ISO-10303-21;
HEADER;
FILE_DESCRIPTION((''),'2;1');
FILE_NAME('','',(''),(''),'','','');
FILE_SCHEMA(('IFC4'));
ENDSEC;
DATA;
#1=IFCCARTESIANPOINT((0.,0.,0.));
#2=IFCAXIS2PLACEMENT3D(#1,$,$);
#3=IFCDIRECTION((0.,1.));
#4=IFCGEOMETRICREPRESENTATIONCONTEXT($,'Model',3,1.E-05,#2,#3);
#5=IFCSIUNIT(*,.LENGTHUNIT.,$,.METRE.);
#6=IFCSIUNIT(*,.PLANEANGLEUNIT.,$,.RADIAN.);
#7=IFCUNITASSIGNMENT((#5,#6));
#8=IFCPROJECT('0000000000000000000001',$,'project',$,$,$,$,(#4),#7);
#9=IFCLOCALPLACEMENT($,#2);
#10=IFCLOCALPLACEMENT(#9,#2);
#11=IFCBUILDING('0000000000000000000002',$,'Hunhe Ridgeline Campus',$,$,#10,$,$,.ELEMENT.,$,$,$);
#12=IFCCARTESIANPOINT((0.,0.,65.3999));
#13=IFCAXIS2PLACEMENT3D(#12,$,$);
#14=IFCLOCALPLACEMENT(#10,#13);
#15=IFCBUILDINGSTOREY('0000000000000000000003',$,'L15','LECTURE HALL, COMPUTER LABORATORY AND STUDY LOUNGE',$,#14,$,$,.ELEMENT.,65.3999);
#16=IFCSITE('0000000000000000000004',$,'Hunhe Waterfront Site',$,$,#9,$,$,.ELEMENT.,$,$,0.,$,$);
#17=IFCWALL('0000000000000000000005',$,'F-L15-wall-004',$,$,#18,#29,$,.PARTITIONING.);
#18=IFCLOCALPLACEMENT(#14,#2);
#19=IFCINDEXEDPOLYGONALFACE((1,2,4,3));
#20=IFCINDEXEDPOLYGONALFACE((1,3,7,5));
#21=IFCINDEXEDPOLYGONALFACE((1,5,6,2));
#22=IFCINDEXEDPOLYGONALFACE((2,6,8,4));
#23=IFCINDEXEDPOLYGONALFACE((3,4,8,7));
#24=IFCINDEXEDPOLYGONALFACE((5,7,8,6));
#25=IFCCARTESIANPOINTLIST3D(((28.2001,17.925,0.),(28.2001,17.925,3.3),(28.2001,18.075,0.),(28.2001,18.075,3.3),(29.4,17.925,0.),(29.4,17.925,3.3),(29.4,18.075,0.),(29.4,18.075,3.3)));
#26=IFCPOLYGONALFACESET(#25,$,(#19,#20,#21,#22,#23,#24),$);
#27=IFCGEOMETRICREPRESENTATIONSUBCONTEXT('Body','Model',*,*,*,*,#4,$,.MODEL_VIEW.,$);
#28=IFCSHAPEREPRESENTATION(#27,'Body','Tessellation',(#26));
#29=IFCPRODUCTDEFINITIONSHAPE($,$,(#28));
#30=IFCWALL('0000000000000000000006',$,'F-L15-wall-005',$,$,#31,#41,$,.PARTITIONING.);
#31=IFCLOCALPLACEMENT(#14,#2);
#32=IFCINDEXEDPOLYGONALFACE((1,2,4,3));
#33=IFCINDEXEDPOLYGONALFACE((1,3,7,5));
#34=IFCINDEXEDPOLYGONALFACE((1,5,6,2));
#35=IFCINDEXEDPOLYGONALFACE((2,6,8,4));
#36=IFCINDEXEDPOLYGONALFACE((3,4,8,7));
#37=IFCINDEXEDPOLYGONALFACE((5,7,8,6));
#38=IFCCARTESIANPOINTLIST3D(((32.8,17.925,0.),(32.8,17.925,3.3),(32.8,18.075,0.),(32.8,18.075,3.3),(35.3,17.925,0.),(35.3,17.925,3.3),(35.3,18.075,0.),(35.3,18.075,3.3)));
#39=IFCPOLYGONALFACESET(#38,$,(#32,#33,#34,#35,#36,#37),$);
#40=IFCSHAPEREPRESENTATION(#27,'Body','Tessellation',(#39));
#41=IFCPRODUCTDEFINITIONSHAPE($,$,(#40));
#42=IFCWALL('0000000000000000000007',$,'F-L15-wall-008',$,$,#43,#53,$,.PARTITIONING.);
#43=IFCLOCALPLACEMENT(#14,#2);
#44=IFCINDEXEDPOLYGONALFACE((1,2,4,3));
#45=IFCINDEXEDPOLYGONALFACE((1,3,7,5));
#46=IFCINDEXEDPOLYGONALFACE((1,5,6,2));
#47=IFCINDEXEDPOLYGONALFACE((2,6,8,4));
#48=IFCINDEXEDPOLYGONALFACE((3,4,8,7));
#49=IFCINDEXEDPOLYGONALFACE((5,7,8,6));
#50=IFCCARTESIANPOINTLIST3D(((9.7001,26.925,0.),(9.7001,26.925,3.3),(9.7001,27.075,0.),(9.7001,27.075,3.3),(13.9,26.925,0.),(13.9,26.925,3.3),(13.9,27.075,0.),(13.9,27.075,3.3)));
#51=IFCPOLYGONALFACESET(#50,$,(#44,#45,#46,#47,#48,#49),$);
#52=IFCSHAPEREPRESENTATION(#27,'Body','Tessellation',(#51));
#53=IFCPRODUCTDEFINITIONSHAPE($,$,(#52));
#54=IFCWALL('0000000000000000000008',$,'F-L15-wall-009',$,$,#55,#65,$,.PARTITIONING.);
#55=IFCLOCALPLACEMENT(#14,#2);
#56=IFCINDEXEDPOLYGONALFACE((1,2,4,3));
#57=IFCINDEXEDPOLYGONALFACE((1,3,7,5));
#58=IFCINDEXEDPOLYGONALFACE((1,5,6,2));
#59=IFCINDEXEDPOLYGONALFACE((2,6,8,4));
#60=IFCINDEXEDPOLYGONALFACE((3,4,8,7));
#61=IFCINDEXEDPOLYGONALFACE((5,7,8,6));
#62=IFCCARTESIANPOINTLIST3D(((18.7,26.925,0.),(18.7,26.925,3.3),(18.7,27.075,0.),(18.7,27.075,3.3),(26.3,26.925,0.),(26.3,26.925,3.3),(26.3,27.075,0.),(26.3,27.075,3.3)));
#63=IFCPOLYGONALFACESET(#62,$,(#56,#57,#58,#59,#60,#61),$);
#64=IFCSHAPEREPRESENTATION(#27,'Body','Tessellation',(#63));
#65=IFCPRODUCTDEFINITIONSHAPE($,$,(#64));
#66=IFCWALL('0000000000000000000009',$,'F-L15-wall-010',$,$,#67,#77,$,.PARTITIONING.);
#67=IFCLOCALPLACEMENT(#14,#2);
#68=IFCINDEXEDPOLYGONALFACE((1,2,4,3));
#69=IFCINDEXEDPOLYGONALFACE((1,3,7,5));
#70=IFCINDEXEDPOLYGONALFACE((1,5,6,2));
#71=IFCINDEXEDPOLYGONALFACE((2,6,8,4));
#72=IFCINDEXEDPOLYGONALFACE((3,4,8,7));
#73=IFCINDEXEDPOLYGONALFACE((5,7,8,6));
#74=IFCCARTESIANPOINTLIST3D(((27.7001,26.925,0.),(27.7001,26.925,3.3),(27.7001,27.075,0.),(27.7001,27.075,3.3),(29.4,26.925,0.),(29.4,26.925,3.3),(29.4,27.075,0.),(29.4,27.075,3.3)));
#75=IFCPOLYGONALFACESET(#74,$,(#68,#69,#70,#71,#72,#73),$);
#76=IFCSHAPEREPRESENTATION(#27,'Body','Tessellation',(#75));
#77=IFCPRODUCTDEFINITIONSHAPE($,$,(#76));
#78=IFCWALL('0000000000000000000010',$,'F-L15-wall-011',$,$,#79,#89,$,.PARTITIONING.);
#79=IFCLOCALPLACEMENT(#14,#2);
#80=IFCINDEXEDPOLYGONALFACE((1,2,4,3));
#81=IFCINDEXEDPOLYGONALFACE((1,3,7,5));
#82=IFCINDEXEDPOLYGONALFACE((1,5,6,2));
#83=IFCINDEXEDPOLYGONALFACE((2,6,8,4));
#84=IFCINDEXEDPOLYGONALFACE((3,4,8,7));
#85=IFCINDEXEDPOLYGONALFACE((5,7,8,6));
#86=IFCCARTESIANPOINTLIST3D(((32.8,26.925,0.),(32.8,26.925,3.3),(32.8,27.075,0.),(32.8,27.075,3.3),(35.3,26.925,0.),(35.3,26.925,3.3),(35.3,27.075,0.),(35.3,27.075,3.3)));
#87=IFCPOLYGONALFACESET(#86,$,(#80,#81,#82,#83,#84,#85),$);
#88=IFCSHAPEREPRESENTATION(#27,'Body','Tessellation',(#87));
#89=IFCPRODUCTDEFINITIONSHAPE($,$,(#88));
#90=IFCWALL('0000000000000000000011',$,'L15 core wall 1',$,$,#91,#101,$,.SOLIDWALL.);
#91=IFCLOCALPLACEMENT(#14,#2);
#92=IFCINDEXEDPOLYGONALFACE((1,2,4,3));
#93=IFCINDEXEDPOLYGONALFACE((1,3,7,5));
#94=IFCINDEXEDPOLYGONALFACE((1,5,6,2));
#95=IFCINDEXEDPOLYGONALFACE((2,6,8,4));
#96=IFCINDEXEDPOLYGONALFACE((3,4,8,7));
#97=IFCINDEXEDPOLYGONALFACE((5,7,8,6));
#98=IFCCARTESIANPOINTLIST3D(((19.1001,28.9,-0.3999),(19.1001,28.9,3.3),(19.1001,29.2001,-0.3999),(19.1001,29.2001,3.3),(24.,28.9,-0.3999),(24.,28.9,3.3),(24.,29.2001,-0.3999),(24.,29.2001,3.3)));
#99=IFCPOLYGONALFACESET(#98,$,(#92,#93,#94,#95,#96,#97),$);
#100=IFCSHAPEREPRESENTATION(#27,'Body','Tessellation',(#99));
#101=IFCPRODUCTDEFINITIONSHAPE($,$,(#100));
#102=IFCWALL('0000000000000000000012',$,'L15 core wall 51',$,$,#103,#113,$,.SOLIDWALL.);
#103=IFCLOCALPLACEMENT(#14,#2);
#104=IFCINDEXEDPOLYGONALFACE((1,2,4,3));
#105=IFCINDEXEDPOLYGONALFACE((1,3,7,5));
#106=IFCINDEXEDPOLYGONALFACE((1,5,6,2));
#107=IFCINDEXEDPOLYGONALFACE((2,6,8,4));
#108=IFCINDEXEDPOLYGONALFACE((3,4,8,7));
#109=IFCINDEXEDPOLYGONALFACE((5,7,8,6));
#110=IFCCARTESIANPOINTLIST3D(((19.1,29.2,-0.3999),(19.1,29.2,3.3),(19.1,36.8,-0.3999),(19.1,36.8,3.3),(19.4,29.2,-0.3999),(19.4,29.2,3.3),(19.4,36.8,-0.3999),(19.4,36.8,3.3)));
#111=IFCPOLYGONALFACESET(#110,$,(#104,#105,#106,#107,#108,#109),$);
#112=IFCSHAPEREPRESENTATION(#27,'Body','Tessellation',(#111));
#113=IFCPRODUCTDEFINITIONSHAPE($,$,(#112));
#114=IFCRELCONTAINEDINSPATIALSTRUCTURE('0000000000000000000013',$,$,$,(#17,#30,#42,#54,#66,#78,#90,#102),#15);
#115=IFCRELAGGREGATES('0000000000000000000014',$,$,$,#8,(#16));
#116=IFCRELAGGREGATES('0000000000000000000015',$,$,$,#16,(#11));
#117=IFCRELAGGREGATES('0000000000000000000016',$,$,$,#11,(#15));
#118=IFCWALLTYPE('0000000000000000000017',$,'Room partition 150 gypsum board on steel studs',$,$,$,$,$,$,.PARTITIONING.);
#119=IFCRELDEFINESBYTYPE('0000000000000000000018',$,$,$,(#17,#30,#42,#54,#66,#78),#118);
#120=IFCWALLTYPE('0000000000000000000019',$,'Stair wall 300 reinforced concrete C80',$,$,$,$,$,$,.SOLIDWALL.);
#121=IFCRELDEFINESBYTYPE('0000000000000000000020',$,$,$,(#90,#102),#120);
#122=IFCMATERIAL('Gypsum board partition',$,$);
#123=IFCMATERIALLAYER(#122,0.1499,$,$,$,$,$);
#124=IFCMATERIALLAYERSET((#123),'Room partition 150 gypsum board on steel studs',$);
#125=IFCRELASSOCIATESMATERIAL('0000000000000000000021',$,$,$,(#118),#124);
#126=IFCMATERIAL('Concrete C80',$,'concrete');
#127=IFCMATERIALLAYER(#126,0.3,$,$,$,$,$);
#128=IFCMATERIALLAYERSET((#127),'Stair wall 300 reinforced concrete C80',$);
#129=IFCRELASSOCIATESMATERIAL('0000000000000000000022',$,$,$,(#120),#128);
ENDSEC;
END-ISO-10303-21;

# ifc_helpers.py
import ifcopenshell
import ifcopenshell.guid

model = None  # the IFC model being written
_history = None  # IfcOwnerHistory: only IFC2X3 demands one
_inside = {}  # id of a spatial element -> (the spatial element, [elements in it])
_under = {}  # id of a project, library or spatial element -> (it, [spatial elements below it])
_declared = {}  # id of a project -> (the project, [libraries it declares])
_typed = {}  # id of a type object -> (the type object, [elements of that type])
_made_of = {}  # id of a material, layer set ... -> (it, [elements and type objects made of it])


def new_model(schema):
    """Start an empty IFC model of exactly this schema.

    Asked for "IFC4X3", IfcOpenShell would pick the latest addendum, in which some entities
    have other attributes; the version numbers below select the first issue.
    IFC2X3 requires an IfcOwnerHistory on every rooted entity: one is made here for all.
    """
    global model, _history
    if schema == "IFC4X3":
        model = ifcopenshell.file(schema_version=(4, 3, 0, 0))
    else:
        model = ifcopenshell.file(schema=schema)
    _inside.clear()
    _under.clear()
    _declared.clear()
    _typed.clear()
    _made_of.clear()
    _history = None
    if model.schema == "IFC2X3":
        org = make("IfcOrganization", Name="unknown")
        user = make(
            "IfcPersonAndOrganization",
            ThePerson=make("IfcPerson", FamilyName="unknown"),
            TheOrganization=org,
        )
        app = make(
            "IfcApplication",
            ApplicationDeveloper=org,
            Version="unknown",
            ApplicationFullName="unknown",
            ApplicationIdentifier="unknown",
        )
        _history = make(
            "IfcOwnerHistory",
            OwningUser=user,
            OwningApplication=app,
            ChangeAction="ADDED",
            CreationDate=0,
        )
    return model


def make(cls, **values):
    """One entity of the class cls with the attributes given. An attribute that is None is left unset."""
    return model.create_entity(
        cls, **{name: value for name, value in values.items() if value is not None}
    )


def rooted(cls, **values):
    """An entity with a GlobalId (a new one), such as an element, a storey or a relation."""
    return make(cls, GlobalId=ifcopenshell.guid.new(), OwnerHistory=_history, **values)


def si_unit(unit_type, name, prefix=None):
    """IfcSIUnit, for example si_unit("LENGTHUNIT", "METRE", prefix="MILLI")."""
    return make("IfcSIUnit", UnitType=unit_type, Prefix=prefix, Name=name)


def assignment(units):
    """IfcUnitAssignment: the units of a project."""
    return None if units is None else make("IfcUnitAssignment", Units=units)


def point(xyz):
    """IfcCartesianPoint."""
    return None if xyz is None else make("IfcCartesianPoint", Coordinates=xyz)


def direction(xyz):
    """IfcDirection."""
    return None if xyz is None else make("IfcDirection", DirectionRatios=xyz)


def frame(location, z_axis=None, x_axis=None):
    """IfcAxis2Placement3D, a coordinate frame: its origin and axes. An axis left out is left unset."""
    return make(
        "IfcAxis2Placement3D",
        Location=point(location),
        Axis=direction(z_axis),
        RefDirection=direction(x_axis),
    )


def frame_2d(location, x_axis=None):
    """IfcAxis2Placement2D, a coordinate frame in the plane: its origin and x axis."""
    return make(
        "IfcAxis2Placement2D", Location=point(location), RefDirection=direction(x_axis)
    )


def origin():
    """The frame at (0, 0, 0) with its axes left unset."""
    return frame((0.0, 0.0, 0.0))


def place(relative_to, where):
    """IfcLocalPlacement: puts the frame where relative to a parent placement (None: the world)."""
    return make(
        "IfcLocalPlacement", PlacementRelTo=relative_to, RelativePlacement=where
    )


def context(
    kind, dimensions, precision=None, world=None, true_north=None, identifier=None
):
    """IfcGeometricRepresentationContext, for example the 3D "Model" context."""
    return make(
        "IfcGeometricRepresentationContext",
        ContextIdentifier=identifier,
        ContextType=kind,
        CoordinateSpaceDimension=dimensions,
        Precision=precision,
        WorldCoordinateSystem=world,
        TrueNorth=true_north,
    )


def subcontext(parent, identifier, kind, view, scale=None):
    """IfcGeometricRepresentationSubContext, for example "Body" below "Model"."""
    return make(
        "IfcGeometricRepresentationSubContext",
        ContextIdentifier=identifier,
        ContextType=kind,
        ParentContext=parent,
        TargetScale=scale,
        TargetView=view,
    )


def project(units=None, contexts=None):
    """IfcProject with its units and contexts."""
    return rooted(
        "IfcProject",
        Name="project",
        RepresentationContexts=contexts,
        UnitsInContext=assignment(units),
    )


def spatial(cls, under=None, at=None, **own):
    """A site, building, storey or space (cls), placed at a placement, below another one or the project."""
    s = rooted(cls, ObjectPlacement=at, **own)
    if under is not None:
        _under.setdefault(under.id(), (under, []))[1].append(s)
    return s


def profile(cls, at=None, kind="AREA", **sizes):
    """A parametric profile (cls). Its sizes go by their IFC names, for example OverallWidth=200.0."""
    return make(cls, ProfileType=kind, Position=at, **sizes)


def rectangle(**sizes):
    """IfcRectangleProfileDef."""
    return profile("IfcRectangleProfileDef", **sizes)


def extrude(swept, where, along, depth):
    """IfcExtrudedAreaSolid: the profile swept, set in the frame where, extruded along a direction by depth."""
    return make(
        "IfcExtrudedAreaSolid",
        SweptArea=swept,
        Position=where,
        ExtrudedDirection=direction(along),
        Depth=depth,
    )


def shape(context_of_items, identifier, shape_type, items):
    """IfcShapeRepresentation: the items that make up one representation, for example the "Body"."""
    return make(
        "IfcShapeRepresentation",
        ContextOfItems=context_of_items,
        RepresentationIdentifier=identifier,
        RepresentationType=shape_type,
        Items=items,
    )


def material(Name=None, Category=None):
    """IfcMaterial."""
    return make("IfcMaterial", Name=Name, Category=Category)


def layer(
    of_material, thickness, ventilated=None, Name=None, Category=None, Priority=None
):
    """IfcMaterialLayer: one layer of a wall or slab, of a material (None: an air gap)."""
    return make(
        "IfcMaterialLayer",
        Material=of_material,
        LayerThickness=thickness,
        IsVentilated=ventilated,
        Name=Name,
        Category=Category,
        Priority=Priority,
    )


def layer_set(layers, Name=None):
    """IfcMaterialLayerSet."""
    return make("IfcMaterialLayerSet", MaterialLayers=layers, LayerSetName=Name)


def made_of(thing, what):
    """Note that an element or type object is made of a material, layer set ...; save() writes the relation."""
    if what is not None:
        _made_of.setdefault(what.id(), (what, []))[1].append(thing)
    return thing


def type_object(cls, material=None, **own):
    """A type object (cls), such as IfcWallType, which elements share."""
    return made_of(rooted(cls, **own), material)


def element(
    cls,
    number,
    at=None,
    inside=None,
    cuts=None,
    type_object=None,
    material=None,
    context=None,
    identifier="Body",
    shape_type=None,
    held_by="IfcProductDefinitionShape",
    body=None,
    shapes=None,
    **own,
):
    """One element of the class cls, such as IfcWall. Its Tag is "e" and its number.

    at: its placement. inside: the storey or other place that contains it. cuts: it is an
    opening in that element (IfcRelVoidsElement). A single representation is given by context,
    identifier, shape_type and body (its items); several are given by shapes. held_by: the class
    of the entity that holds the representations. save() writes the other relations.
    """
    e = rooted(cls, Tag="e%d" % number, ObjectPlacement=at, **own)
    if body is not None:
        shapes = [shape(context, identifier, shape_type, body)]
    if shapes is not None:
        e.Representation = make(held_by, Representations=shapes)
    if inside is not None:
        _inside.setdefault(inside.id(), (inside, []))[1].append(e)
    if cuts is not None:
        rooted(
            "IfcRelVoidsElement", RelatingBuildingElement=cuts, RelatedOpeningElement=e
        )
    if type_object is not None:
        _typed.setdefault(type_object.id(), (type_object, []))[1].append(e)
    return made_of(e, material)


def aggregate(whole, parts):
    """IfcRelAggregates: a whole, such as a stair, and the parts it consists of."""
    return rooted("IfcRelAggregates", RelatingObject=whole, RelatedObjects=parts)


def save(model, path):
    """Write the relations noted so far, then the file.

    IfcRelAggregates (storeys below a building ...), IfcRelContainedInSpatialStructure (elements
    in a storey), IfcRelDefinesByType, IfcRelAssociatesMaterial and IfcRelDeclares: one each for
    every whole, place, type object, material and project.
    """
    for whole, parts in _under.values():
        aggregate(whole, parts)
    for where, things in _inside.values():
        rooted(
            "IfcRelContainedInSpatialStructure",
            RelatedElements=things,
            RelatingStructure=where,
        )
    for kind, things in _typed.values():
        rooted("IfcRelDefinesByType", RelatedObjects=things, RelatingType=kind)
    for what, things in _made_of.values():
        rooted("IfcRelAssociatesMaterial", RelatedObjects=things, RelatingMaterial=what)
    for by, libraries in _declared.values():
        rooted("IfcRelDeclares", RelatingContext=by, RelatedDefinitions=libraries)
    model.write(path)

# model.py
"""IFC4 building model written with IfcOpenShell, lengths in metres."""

from ifc_helpers import new_model, si_unit, direction, frame, frame_2d, origin, place, context, subcontext, project, spatial, rectangle, extrude, material, layer, layer_set, type_object, element, save


model = new_model("IFC4")

# Units and contexts
model_context = context("Model", 3, precision=1e-05, world=origin(), true_north=direction((0.0, 1.0)))
body_context = subcontext(model_context, "Body", "Model", "MODEL_VIEW")
ifc_project = project(units=[si_unit("LENGTHUNIT", "METRE"), si_unit("PLANEANGLEUNIT", "RADIAN")], contexts=[model_context])

# Site, building, storey
site_placement = place(None, origin())
site = spatial("IfcSite", under=ifc_project, at=site_placement, Name="Hunhe Waterfront Site", CompositionType="ELEMENT", RefElevation=0.0)
building_placement = place(site_placement, origin())
building = spatial("IfcBuilding", under=site, at=building_placement, Name="Hunhe Ridgeline Campus", CompositionType="ELEMENT")
storey_placement = place(building_placement, frame((0.0, 0.0, 65.3999)))
storey = spatial("IfcBuildingStorey", under=building, at=storey_placement, Name="L15", Description="LECTURE HALL, COMPUTER LABORATORY AND STUDY LOUNGE", CompositionType="ELEMENT", Elevation=65.3999)

# Shared definitions
ifc_material_1 = material(Name="Concrete C80", Category="concrete")

# Shared definitions
ifc_material_2 = material(Name="Gypsum board partition")

# Walls
ifc_layer_1 = layer(ifc_material_2, 0.1499)
ifc_layer_set_1 = layer_set([ifc_layer_1], Name="Room partition 150 gypsum board on steel studs")
wall_type_1 = type_object("IfcWallType", Name="Room partition 150 gypsum board on steel studs", PredefinedType="PARTITIONING", material=ifc_layer_set_1)
wall_1_placement = place(storey_placement, frame((28.2, 18.0, 0.0), z_axis=(0.0, 0.0, 1.0), x_axis=(1.0, 0.0, 0.0)))
element("IfcWall", 1, at=wall_1_placement, inside=storey, type_object=wall_type_1, Name="F-L15-wall-004", PredefinedType="PARTITIONING", context=body_context, shape_type="SweptSolid", body=[
    extrude(rectangle(XDim=1.2, YDim=0.1499, at=frame_2d((0.6001, 0.0))), origin(), (0.0, 0.0, 1.0), 3.3),
])
wall_2_placement = place(storey_placement, frame((32.8, 18.0, 0.0), z_axis=(0.0, 0.0, 1.0), x_axis=(1.0, 0.0, 0.0)))
element("IfcWall", 2, at=wall_2_placement, inside=storey, type_object=wall_type_1, Name="F-L15-wall-005", PredefinedType="PARTITIONING", context=body_context, shape_type="SweptSolid", body=[
    extrude(rectangle(XDim=2.5, YDim=0.1499, at=frame_2d((1.25, 0.0))), origin(), (0.0, 0.0, 1.0), 3.3),
])
wall_3_placement = place(storey_placement, frame((9.7, 27.0, 0.0), z_axis=(0.0, 0.0, 1.0), x_axis=(1.0, 0.0, 0.0)))
element("IfcWall", 3, at=wall_3_placement, inside=storey, type_object=wall_type_1, Name="F-L15-wall-008", PredefinedType="PARTITIONING", context=body_context, shape_type="SweptSolid", body=[
    extrude(rectangle(XDim=4.2, YDim=0.1499, at=frame_2d((2.1001, 0.0))), origin(), (0.0, 0.0, 1.0), 3.3),
])
wall_4_placement = place(storey_placement, frame((18.7, 27.0, 0.0), z_axis=(0.0, 0.0, 1.0), x_axis=(1.0, 0.0, 0.0)))
element("IfcWall", 4, at=wall_4_placement, inside=storey, type_object=wall_type_1, Name="F-L15-wall-009", PredefinedType="PARTITIONING", context=body_context, shape_type="SweptSolid", body=[
    extrude(rectangle(XDim=7.6001, YDim=0.1499, at=frame_2d((3.8, 0.0))), origin(), (0.0, 0.0, 1.0), 3.3),
])
wall_5_placement = place(storey_placement, frame((27.7, 27.0, 0.0), z_axis=(0.0, 0.0, 1.0), x_axis=(1.0, 0.0, 0.0)))
element("IfcWall", 5, at=wall_5_placement, inside=storey, type_object=wall_type_1, Name="F-L15-wall-010", PredefinedType="PARTITIONING", context=body_context, shape_type="SweptSolid", body=[
    extrude(rectangle(XDim=1.7, YDim=0.1499, at=frame_2d((0.8501, 0.0))), origin(), (0.0, 0.0, 1.0), 3.3),
])
wall_6_placement = place(storey_placement, frame((32.8, 27.0, 0.0), z_axis=(0.0, 0.0, 1.0), x_axis=(1.0, 0.0, 0.0)))
element("IfcWall", 6, at=wall_6_placement, inside=storey, type_object=wall_type_1, Name="F-L15-wall-011", PredefinedType="PARTITIONING", context=body_context, shape_type="SweptSolid", body=[
    extrude(rectangle(XDim=2.5, YDim=0.1499, at=frame_2d((1.25, 0.0))), origin(), (0.0, 0.0, 1.0), 3.3),
])
ifc_layer_2 = layer(ifc_material_1, 0.3)
ifc_layer_set_2 = layer_set([ifc_layer_2], Name="Stair wall 300 reinforced concrete C80")
wall_type_2 = type_object("IfcWallType", Name="Stair wall 300 reinforced concrete C80", PredefinedType="SOLIDWALL", material=ifc_layer_set_2)
wall_7_placement = place(storey_placement, frame((19.1001, 29.05, -0.3999), z_axis=(0.0, 0.0, 1.0), x_axis=(1.0, 0.0, 0.0)))
element("IfcWall", 7, at=wall_7_placement, inside=storey, type_object=wall_type_2, Name="L15 core wall 1", PredefinedType="SOLIDWALL", context=body_context, shape_type="SweptSolid", body=[
    extrude(rectangle(XDim=4.8999, YDim=0.3, at=frame_2d((2.45, 0.0))), origin(), (0.0, 0.0, 1.0), 3.7),
])
wall_8_placement = place(storey_placement, frame((19.25, 29.2, -0.3999), z_axis=(0.0, 0.0, 1.0), x_axis=(0.0, 1.0, 0.0)))
element("IfcWall", 8, at=wall_8_placement, inside=storey, type_object=wall_type_2, Name="L15 core wall 51", PredefinedType="SOLIDWALL", context=body_context, shape_type="SweptSolid", body=[
    extrude(rectangle(XDim=7.6001, YDim=0.3, at=frame_2d((3.8, 0.0))), origin(), (0.0, 0.0, 1.0), 3.7),
])

save(model, "model.ifc")
